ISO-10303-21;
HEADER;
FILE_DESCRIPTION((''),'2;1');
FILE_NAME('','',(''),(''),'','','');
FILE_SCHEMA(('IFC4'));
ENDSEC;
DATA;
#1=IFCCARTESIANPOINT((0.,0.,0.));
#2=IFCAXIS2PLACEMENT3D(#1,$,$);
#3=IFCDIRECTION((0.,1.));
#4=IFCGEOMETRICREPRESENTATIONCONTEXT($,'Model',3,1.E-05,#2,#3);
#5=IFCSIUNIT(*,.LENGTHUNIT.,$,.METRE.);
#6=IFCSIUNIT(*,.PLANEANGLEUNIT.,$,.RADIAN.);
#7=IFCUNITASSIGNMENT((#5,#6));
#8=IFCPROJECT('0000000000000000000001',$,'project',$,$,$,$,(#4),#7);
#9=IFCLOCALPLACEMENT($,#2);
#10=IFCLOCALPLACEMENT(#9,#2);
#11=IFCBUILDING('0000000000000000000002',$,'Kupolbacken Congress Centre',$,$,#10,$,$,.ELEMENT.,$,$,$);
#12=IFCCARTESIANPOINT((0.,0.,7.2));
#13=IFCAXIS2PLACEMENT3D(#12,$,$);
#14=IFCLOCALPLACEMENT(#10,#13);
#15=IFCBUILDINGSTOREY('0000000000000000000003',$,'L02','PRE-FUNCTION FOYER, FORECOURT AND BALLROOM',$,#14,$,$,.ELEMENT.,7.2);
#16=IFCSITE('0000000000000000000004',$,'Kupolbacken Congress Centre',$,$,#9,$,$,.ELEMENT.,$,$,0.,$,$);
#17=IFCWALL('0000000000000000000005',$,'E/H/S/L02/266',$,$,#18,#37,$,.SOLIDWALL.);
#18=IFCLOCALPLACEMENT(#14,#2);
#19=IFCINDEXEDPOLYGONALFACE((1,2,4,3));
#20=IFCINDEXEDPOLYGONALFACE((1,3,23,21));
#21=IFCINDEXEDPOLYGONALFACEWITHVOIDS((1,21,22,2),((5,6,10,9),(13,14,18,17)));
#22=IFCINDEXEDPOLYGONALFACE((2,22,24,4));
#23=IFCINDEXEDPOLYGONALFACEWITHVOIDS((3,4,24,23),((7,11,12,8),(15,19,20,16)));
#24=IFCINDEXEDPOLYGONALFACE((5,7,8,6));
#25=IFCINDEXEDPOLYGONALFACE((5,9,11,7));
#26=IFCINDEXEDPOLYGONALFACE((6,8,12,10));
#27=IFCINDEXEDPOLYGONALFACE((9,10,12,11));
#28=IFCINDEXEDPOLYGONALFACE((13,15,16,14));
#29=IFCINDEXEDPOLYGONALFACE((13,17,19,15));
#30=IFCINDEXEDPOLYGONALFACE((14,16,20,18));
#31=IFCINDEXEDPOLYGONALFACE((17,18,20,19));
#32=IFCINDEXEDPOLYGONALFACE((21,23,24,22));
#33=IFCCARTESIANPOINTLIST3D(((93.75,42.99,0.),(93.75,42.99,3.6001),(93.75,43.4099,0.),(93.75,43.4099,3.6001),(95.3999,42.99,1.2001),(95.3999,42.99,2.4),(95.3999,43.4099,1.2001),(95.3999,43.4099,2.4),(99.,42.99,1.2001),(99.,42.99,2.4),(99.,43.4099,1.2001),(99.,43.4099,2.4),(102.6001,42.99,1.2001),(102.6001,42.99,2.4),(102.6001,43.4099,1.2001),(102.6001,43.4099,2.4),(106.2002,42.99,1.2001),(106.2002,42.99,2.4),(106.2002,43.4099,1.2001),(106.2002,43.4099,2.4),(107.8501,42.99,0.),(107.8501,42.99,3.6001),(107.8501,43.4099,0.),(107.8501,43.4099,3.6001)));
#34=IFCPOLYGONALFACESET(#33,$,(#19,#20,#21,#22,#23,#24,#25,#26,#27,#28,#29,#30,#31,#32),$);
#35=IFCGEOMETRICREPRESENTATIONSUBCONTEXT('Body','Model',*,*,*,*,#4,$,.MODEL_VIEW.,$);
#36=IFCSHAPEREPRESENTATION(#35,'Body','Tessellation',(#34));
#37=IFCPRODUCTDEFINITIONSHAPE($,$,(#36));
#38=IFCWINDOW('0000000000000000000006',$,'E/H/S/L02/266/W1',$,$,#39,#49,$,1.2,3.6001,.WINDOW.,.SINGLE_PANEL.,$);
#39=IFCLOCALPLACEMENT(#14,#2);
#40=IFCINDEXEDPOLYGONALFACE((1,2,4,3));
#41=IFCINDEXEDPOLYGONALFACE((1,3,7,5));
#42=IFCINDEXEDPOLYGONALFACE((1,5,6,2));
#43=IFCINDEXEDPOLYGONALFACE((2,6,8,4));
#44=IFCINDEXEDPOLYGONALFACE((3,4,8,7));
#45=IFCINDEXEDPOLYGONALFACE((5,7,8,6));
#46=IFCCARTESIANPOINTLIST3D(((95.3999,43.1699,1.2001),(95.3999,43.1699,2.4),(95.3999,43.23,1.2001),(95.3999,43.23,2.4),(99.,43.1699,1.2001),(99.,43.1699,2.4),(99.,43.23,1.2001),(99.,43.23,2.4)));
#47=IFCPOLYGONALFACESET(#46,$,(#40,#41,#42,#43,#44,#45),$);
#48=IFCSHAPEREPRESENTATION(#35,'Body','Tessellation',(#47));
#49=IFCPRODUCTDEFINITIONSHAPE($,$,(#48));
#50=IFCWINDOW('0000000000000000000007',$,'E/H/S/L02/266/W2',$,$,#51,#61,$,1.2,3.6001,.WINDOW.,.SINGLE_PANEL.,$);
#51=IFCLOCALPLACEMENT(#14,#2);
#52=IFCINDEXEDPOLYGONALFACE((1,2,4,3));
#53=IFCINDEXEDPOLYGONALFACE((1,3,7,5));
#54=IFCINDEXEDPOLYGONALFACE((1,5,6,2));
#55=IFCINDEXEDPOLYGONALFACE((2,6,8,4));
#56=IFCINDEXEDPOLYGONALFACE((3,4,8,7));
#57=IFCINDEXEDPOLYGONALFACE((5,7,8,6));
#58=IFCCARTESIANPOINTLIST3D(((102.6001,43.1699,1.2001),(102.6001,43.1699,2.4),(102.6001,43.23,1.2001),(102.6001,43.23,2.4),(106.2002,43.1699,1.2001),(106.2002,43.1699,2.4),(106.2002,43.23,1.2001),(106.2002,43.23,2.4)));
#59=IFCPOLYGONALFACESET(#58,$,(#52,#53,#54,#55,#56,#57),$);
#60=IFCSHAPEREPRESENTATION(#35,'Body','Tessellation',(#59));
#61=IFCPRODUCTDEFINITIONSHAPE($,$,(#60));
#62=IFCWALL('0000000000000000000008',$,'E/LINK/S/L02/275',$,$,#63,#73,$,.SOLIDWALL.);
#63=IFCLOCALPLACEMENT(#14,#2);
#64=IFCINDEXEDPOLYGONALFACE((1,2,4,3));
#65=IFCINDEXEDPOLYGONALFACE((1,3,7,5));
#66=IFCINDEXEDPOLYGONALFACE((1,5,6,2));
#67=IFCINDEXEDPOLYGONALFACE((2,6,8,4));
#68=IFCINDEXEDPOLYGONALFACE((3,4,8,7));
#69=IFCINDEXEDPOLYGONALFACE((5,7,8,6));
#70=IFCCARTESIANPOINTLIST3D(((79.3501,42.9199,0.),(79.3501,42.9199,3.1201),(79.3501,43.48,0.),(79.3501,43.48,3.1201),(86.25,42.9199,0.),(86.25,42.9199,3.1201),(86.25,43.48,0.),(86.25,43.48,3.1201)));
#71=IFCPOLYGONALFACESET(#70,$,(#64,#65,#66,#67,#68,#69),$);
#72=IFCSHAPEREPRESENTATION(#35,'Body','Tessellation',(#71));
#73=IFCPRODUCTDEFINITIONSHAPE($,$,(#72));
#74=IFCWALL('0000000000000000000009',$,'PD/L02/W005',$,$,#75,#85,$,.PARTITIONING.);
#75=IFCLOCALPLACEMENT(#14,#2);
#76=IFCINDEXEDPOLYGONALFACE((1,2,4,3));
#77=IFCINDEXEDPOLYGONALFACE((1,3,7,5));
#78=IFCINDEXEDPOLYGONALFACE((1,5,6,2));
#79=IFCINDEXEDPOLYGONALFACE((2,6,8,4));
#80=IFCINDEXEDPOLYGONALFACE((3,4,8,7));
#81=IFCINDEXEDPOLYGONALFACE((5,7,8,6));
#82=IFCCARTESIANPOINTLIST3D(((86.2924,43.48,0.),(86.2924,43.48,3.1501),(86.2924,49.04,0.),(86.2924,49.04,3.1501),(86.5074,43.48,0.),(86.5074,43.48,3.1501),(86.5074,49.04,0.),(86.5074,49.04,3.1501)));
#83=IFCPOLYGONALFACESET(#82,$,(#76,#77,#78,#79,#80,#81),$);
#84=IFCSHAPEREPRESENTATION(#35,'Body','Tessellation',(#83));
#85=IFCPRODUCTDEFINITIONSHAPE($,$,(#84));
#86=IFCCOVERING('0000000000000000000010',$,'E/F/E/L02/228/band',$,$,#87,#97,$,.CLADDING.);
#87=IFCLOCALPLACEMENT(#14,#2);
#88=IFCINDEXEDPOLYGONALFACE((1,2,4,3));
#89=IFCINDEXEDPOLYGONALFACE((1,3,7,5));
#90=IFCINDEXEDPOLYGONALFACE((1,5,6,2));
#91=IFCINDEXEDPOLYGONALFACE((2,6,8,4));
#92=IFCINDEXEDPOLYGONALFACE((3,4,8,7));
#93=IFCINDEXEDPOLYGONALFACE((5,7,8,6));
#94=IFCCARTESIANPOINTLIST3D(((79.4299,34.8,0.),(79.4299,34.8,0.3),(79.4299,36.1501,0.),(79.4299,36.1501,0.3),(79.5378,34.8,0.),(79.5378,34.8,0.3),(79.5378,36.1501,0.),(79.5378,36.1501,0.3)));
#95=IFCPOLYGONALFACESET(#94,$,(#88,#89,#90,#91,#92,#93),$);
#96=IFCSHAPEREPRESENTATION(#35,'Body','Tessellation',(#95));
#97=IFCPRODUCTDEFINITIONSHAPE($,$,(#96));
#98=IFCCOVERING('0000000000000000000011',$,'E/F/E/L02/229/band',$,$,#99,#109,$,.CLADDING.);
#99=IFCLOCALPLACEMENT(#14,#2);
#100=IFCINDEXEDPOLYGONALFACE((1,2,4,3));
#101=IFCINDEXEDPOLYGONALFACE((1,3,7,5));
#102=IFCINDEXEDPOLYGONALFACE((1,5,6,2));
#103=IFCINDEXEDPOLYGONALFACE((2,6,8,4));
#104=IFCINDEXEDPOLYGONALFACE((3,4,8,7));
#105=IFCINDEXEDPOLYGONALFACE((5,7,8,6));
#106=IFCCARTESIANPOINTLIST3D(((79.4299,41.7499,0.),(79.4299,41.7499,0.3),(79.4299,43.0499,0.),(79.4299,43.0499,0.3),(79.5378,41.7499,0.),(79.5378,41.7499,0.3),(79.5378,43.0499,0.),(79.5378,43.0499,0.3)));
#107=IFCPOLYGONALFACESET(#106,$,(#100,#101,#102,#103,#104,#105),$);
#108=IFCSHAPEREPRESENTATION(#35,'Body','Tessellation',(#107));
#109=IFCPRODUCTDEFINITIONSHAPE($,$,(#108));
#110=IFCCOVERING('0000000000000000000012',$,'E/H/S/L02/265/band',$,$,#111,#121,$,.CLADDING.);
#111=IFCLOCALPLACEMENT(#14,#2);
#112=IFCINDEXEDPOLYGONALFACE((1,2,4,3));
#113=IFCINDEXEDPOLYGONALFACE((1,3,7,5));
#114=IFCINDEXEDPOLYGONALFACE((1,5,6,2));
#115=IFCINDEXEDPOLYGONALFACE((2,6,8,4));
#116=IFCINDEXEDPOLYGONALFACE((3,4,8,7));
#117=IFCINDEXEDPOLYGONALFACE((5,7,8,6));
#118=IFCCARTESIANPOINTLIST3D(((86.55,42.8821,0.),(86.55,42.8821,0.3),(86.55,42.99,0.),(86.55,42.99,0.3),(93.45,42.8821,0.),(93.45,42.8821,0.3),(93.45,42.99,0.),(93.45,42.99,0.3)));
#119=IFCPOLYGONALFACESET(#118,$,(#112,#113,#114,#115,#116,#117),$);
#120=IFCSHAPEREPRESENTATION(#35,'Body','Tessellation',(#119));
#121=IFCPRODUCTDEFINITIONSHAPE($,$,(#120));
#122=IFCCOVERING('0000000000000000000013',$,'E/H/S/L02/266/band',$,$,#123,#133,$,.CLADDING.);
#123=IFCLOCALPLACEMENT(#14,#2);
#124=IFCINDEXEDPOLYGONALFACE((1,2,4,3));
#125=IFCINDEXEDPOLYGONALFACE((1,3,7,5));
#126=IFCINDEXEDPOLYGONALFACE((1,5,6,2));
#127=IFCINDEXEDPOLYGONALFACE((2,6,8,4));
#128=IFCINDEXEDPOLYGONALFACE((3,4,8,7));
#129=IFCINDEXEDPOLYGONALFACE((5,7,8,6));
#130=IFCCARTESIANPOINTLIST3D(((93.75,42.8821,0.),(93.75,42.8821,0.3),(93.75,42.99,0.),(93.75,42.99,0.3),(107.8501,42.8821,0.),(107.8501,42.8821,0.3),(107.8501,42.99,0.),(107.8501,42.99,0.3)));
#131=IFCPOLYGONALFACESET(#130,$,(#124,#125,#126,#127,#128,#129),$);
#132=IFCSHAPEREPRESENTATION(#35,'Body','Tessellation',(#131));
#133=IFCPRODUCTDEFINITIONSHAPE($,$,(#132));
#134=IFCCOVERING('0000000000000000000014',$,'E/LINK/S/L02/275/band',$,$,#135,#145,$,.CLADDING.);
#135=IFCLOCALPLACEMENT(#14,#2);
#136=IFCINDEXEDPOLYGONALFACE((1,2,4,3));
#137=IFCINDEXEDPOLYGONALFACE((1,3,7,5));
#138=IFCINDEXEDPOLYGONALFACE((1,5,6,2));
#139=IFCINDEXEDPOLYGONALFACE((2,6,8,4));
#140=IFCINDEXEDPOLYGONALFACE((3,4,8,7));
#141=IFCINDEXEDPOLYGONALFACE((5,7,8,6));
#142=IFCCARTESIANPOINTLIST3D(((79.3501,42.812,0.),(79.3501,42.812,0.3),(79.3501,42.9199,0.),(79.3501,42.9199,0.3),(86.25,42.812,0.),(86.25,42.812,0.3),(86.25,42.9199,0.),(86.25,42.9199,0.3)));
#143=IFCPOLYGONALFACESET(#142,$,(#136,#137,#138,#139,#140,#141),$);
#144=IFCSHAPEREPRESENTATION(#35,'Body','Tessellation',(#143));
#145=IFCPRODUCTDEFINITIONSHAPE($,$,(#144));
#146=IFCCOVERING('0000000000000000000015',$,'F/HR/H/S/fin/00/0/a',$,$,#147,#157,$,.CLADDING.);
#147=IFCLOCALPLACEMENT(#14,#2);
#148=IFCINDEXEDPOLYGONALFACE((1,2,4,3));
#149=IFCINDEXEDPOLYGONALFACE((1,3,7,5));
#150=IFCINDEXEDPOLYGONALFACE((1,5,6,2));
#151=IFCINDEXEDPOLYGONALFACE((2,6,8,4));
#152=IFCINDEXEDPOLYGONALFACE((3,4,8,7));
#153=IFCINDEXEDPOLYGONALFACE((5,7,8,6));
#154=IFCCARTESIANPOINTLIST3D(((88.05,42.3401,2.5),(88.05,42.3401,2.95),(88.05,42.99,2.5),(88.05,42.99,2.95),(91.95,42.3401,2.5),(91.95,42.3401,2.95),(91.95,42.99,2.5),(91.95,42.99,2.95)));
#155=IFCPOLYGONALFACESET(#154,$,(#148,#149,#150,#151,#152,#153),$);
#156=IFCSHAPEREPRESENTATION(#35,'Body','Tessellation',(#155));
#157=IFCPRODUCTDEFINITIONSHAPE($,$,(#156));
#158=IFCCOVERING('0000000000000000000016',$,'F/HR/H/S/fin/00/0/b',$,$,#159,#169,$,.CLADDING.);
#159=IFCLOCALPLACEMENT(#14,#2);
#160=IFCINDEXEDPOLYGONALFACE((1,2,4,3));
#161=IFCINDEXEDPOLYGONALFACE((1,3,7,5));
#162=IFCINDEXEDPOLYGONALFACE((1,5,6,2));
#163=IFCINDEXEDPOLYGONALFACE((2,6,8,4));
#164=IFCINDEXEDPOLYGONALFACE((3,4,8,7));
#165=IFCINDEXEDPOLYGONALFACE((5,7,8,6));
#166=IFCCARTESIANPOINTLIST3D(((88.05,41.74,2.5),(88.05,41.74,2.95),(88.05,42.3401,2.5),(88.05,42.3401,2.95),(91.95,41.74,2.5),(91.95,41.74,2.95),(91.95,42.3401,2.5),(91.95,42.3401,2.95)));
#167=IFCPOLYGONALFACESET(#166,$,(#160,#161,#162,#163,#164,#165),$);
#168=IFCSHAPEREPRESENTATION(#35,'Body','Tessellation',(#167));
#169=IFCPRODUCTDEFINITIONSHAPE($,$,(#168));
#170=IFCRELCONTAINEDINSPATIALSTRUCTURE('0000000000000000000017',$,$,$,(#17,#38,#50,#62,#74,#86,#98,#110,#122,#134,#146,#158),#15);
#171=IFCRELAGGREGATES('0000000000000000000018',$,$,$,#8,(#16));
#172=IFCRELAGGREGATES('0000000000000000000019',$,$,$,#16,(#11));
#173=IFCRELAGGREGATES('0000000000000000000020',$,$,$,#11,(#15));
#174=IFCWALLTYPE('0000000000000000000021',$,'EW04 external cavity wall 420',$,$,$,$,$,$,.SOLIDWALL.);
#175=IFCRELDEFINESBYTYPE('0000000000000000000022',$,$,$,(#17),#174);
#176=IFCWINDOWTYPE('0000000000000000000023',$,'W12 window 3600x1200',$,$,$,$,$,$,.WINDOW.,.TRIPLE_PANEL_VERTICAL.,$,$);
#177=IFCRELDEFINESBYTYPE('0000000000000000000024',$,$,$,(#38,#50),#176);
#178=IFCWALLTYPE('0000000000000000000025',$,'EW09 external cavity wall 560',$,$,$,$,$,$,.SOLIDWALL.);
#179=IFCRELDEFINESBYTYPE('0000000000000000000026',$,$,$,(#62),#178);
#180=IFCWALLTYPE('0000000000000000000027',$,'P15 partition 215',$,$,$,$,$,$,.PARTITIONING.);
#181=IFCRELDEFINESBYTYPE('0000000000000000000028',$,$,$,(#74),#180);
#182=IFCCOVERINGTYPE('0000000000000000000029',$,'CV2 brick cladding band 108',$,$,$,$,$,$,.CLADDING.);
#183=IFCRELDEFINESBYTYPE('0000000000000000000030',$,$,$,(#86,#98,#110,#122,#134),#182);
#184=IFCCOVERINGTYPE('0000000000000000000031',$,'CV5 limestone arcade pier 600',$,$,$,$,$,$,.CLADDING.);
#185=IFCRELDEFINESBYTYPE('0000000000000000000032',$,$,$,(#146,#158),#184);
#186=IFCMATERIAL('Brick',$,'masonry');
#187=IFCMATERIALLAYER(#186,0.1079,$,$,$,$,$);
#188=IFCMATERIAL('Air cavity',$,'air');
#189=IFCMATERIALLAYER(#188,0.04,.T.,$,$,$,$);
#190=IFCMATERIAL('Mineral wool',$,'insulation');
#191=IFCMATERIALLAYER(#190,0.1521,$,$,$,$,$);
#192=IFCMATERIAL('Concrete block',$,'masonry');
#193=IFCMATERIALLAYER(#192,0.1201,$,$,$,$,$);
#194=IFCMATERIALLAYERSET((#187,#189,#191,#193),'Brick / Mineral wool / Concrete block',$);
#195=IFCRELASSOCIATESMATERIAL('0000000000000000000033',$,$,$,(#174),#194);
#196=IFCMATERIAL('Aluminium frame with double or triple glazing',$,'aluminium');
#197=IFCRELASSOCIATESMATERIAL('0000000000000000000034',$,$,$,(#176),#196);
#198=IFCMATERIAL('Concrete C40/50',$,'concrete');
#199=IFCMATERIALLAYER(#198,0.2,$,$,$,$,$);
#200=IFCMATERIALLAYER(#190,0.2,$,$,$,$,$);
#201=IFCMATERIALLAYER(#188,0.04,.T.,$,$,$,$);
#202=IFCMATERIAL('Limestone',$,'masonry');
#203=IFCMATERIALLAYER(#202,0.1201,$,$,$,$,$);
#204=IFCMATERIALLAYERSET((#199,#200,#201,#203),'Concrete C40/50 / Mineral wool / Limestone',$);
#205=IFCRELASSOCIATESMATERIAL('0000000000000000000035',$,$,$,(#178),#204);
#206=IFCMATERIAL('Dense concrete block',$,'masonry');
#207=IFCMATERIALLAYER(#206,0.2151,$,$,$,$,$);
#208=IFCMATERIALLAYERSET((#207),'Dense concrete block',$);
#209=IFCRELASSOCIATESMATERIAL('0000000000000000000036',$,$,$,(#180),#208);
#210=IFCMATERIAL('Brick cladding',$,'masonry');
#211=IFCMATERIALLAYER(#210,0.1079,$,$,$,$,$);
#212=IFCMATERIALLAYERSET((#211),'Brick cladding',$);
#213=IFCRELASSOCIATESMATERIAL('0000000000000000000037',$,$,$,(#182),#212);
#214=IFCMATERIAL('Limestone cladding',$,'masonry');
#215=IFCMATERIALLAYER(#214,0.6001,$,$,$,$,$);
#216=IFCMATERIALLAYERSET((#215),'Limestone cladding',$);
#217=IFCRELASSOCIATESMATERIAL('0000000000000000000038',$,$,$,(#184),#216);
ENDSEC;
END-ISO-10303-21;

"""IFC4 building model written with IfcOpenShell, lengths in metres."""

from ifc_helpers import new_model, si_unit, direction, frame, frame_2d, origin, origin_2d, place, context, subcontext, project, spatial, rectangle, extrude, material, layer, layer_set, type_object, element, fill, save


model = new_model("IFC4")

# Units and contexts
model_context = context("Model", 3, precision=1e-05, world=origin(), true_north=direction((0.0, 1.0)))
body_context = subcontext(model_context, "Body", "Model", "MODEL_VIEW")
ifc_project = project(units=[si_unit("LENGTHUNIT", "METRE"), si_unit("PLANEANGLEUNIT", "RADIAN")], contexts=[model_context])

# Site, building, storey
site_placement = place(None, origin())
site = spatial("IfcSite", under=ifc_project, at=site_placement, Name="Kupolbacken Congress Centre", CompositionType="ELEMENT", RefElevation=0.0)
building_placement = place(site_placement, origin())
building = spatial("IfcBuilding", under=site, at=building_placement, Name="Kupolbacken Congress Centre", CompositionType="ELEMENT")
storey_placement = place(building_placement, frame((0.0, 0.0, 7.2)))
storey = spatial("IfcBuildingStorey", under=building, at=storey_placement, Name="L02", Description="PRE-FUNCTION FOYER, FORECOURT AND BALLROOM", CompositionType="ELEMENT", Elevation=7.2)

# Shared definitions
ifc_material_1 = material(Name="Brick", Category="masonry")
ifc_layer_1 = layer(ifc_material_1, 0.1079)
ifc_material_2 = material(Name="Air cavity", Category="air")
ifc_layer_2 = layer(ifc_material_2, 0.04, ventilated=True)
ifc_material_3 = material(Name="Mineral wool", Category="insulation")
ifc_layer_3 = layer(ifc_material_3, 0.1521)
ifc_material_4 = material(Name="Concrete block", Category="masonry")
ifc_layer_4 = layer(ifc_material_4, 0.1201)
ifc_layer_set_1 = layer_set([ifc_layer_1, ifc_layer_2, ifc_layer_3, ifc_layer_4], Name="Brick / Mineral wool / Concrete block")
wall_type_1 = type_object("IfcWallType", Name="EW04 external cavity wall 420", PredefinedType="SOLIDWALL", material=ifc_layer_set_1)
ifc_material_5 = material(Name="Aluminium frame with double or triple glazing", Category="aluminium")
window_type = type_object("IfcWindowType", Name="W12 window 3600x1200", PartitioningType="TRIPLE_PANEL_VERTICAL", PredefinedType="WINDOW", material=ifc_material_5)

# Wall, openings, windows
wall_1_placement = place(storey_placement, frame((93.75, 43.2, 0.0), z_axis=(0.0, 0.0, 1.0), x_axis=(1.0, 0.0, 0.0)))
wall_1 = element("IfcWall", 1, at=wall_1_placement, inside=storey, type_object=wall_type_1, Name="E/H/S/L02/266", PredefinedType="SOLIDWALL", context=body_context, shape_type="SweptSolid", body=[
    extrude(rectangle(XDim=14.1001, YDim=0.4199, at=frame_2d((7.05, 0.0))), origin(), (0.0, 0.0, 1.0), 3.6001),
])
opening_1_placement = place(wall_1_placement, frame((1.6499, 0.0, 1.2)))
opening_1 = element("IfcOpeningElement", 2, at=opening_1_placement, cuts=wall_1, PredefinedType="OPENING", context=body_context, shape_type="SweptSolid", body=[
    extrude(rectangle(XDim=3.6001, YDim=1.2, at=frame_2d((1.8, 0.6001))), frame((0.0, 0.22, 0.0), z_axis=(0.0, -1.0, 0.0), x_axis=(1.0, 0.0, 0.0)), (0.0, 0.0, 1.0), 0.4399),
])
opening_2_placement = place(wall_1_placement, frame((8.8501, 0.0, 1.2)))
opening_2 = element("IfcOpeningElement", 3, at=opening_2_placement, cuts=wall_1, PredefinedType="OPENING", context=body_context, shape_type="SweptSolid", body=[
    extrude(rectangle(XDim=3.6001, YDim=1.2, at=frame_2d((1.8, 0.6001))), frame((0.0, 0.22, 0.0), z_axis=(0.0, -1.0, 0.0), x_axis=(1.0, 0.0, 0.0)), (0.0, 0.0, 1.0), 0.4399),
])
window_1_placement = place(opening_1_placement, origin())
window_1 = element("IfcWindow", 4, at=window_1_placement, inside=storey, type_object=window_type, Name="E/H/S/L02/266/W1", OverallHeight=1.2, OverallWidth=3.6001, PartitioningType="SINGLE_PANEL", PredefinedType="WINDOW", context=body_context, shape_type="SweptSolid", body=[
    extrude(rectangle(XDim=3.6001, YDim=1.2, at=frame_2d((1.8, 0.6001))), frame((0.0, 0.03, 0.0), z_axis=(0.0, -1.0, 0.0), x_axis=(1.0, 0.0, 0.0)), (0.0, 0.0, 1.0), 0.0601),
])
fill(opening_1, window_1)
window_2_placement = place(opening_2_placement, origin())
window_2 = element("IfcWindow", 5, at=window_2_placement, inside=storey, type_object=window_type, Name="E/H/S/L02/266/W2", OverallHeight=1.2, OverallWidth=3.6001, PartitioningType="SINGLE_PANEL", PredefinedType="WINDOW", context=body_context, shape_type="SweptSolid", body=[
    extrude(rectangle(XDim=3.6001, YDim=1.2, at=frame_2d((1.8, 0.6001))), frame((0.0, 0.03, 0.0), z_axis=(0.0, -1.0, 0.0), x_axis=(1.0, 0.0, 0.0)), (0.0, 0.0, 1.0), 0.0601),
])
fill(opening_2, window_2)

# Walls
ifc_material_6 = material(Name="Concrete C40/50", Category="concrete")
ifc_layer_5 = layer(ifc_material_6, 0.2)
ifc_layer_6 = layer(ifc_material_3, 0.2)
ifc_layer_7 = layer(ifc_material_2, 0.04, ventilated=True)
ifc_material_7 = material(Name="Limestone", Category="masonry")
ifc_layer_8 = layer(ifc_material_7, 0.1201)
ifc_layer_set_2 = layer_set([ifc_layer_5, ifc_layer_6, ifc_layer_7, ifc_layer_8], Name="Concrete C40/50 / Mineral wool / Limestone")
wall_type_2 = type_object("IfcWallType", Name="EW09 external cavity wall 560", PredefinedType="SOLIDWALL", material=ifc_layer_set_2)
wall_2_placement = place(storey_placement, frame((79.3501, 43.2, 0.0), z_axis=(0.0, 0.0, 1.0), x_axis=(1.0, 0.0, 0.0)))
element("IfcWall", 6, at=wall_2_placement, inside=storey, type_object=wall_type_2, Name="E/LINK/S/L02/275", PredefinedType="SOLIDWALL", context=body_context, shape_type="SweptSolid", body=[
    extrude(rectangle(XDim=6.8999, YDim=0.5601, at=frame_2d((3.45, 0.0))), origin(), (0.0, 0.0, 1.0), 3.1201),
])
ifc_material_8 = material(Name="Dense concrete block", Category="masonry")
ifc_layer_9 = layer(ifc_material_8, 0.2151)
ifc_layer_set_3 = layer_set([ifc_layer_9], Name="Dense concrete block")
wall_type_3 = type_object("IfcWallType", Name="P15 partition 215", PredefinedType="PARTITIONING", material=ifc_layer_set_3)
wall_3_placement = place(storey_placement, frame((86.3999, 43.48, 0.0), z_axis=(0.0, 0.0, 1.0), x_axis=(0.0, 1.0, 0.0)))
element("IfcWall", 7, at=wall_3_placement, inside=storey, type_object=wall_type_3, Name="PD/L02/W005", PredefinedType="PARTITIONING", context=body_context, shape_type="SweptSolid", body=[
    extrude(rectangle(XDim=5.5601, YDim=0.2151, at=frame_2d((2.78, 0.0))), origin(), (0.0, 0.0, 1.0), 3.1501),
])

# Coverings
ifc_material_9 = material(Name="Brick cladding", Category="masonry")
ifc_layer_10 = layer(ifc_material_9, 0.1079)
ifc_layer_set_4 = layer_set([ifc_layer_10], Name="Brick cladding")
covering_type_1 = type_object("IfcCoveringType", Name="CV2 brick cladding band 108", PredefinedType="CLADDING", material=ifc_layer_set_4)
covering_1_placement = place(storey_placement, frame((79.4839, 35.4751, 0.0), z_axis=(0.0, 0.0, 1.0), x_axis=(0.0, 1.0, 0.0)))
element("IfcCovering", 8, at=covering_1_placement, inside=storey, type_object=covering_type_1, Name="E/F/E/L02/228/band", PredefinedType="CLADDING", context=body_context, shape_type="SweptSolid", body=[
    extrude(rectangle(XDim=1.3501, YDim=0.1079, at=origin_2d()), origin(), (0.0, 0.0, 1.0), 0.3),
])
covering_2_placement = place(storey_placement, frame((79.4839, 42.3999, 0.0), z_axis=(0.0, 0.0, 1.0), x_axis=(0.0, 1.0, 0.0)))
element("IfcCovering", 9, at=covering_2_placement, inside=storey, type_object=covering_type_1, Name="E/F/E/L02/229/band", PredefinedType="CLADDING", context=body_context, shape_type="SweptSolid", body=[
    extrude(rectangle(XDim=1.3, YDim=0.1079, at=origin_2d()), origin(), (0.0, 0.0, 1.0), 0.3),
])
covering_3_placement = place(storey_placement, frame((90.0, 42.936, 0.0), z_axis=(0.0, 0.0, 1.0), x_axis=(1.0, 0.0, 0.0)))
element("IfcCovering", 10, at=covering_3_placement, inside=storey, type_object=covering_type_1, Name="E/H/S/L02/265/band", PredefinedType="CLADDING", context=body_context, shape_type="SweptSolid", body=[
    extrude(rectangle(XDim=6.8999, YDim=0.1079, at=origin_2d()), origin(), (0.0, 0.0, 1.0), 0.3),
])
covering_4_placement = place(storey_placement, frame((100.8, 42.936, 0.0), z_axis=(0.0, 0.0, 1.0), x_axis=(1.0, 0.0, 0.0)))
element("IfcCovering", 11, at=covering_4_placement, inside=storey, type_object=covering_type_1, Name="E/H/S/L02/266/band", PredefinedType="CLADDING", context=body_context, shape_type="SweptSolid", body=[
    extrude(rectangle(XDim=14.1001, YDim=0.1079, at=origin_2d()), origin(), (0.0, 0.0, 1.0), 0.3),
])
covering_5_placement = place(storey_placement, frame((82.8, 42.866, 0.0), z_axis=(0.0, 0.0, 1.0), x_axis=(1.0, 0.0, 0.0)))
element("IfcCovering", 12, at=covering_5_placement, inside=storey, type_object=covering_type_1, Name="E/LINK/S/L02/275/band", PredefinedType="CLADDING", context=body_context, shape_type="SweptSolid", body=[
    extrude(rectangle(XDim=6.8999, YDim=0.1079, at=origin_2d()), origin(), (0.0, 0.0, 1.0), 0.3),
])
ifc_material_10 = material(Name="Limestone cladding", Category="masonry")
ifc_layer_11 = layer(ifc_material_10, 0.6001)
ifc_layer_set_5 = layer_set([ifc_layer_11], Name="Limestone cladding")
covering_type_2 = type_object("IfcCoveringType", Name="CV5 limestone arcade pier 600", PredefinedType="CLADDING", material=ifc_layer_set_5)
covering_6_placement = place(storey_placement, frame((90.0, 42.665, 2.5), z_axis=(0.0, 0.0, 1.0), x_axis=(1.0, 0.0, 0.0)))
element("IfcCovering", 13, at=covering_6_placement, inside=storey, type_object=covering_type_2, Name="F/HR/H/S/fin/00/0/a", PredefinedType="CLADDING", context=body_context, shape_type="SweptSolid", body=[
    extrude(rectangle(XDim=3.8999, YDim=0.6499, at=origin_2d()), origin(), (0.0, 0.0, 1.0), 0.45),
])
covering_7_placement = place(storey_placement, frame((90.0, 42.04, 2.5), z_axis=(0.0, 0.0, 1.0), x_axis=(1.0, 0.0, 0.0)))
element("IfcCovering", 14, at=covering_7_placement, inside=storey, type_object=covering_type_2, Name="F/HR/H/S/fin/00/0/b", PredefinedType="CLADDING", context=body_context, shape_type="SweptSolid", body=[
    extrude(rectangle(XDim=3.8999, YDim=0.6001, at=origin_2d()), origin(), (0.0, 0.0, 1.0), 0.45),
])

save(model, "model.ifc")
